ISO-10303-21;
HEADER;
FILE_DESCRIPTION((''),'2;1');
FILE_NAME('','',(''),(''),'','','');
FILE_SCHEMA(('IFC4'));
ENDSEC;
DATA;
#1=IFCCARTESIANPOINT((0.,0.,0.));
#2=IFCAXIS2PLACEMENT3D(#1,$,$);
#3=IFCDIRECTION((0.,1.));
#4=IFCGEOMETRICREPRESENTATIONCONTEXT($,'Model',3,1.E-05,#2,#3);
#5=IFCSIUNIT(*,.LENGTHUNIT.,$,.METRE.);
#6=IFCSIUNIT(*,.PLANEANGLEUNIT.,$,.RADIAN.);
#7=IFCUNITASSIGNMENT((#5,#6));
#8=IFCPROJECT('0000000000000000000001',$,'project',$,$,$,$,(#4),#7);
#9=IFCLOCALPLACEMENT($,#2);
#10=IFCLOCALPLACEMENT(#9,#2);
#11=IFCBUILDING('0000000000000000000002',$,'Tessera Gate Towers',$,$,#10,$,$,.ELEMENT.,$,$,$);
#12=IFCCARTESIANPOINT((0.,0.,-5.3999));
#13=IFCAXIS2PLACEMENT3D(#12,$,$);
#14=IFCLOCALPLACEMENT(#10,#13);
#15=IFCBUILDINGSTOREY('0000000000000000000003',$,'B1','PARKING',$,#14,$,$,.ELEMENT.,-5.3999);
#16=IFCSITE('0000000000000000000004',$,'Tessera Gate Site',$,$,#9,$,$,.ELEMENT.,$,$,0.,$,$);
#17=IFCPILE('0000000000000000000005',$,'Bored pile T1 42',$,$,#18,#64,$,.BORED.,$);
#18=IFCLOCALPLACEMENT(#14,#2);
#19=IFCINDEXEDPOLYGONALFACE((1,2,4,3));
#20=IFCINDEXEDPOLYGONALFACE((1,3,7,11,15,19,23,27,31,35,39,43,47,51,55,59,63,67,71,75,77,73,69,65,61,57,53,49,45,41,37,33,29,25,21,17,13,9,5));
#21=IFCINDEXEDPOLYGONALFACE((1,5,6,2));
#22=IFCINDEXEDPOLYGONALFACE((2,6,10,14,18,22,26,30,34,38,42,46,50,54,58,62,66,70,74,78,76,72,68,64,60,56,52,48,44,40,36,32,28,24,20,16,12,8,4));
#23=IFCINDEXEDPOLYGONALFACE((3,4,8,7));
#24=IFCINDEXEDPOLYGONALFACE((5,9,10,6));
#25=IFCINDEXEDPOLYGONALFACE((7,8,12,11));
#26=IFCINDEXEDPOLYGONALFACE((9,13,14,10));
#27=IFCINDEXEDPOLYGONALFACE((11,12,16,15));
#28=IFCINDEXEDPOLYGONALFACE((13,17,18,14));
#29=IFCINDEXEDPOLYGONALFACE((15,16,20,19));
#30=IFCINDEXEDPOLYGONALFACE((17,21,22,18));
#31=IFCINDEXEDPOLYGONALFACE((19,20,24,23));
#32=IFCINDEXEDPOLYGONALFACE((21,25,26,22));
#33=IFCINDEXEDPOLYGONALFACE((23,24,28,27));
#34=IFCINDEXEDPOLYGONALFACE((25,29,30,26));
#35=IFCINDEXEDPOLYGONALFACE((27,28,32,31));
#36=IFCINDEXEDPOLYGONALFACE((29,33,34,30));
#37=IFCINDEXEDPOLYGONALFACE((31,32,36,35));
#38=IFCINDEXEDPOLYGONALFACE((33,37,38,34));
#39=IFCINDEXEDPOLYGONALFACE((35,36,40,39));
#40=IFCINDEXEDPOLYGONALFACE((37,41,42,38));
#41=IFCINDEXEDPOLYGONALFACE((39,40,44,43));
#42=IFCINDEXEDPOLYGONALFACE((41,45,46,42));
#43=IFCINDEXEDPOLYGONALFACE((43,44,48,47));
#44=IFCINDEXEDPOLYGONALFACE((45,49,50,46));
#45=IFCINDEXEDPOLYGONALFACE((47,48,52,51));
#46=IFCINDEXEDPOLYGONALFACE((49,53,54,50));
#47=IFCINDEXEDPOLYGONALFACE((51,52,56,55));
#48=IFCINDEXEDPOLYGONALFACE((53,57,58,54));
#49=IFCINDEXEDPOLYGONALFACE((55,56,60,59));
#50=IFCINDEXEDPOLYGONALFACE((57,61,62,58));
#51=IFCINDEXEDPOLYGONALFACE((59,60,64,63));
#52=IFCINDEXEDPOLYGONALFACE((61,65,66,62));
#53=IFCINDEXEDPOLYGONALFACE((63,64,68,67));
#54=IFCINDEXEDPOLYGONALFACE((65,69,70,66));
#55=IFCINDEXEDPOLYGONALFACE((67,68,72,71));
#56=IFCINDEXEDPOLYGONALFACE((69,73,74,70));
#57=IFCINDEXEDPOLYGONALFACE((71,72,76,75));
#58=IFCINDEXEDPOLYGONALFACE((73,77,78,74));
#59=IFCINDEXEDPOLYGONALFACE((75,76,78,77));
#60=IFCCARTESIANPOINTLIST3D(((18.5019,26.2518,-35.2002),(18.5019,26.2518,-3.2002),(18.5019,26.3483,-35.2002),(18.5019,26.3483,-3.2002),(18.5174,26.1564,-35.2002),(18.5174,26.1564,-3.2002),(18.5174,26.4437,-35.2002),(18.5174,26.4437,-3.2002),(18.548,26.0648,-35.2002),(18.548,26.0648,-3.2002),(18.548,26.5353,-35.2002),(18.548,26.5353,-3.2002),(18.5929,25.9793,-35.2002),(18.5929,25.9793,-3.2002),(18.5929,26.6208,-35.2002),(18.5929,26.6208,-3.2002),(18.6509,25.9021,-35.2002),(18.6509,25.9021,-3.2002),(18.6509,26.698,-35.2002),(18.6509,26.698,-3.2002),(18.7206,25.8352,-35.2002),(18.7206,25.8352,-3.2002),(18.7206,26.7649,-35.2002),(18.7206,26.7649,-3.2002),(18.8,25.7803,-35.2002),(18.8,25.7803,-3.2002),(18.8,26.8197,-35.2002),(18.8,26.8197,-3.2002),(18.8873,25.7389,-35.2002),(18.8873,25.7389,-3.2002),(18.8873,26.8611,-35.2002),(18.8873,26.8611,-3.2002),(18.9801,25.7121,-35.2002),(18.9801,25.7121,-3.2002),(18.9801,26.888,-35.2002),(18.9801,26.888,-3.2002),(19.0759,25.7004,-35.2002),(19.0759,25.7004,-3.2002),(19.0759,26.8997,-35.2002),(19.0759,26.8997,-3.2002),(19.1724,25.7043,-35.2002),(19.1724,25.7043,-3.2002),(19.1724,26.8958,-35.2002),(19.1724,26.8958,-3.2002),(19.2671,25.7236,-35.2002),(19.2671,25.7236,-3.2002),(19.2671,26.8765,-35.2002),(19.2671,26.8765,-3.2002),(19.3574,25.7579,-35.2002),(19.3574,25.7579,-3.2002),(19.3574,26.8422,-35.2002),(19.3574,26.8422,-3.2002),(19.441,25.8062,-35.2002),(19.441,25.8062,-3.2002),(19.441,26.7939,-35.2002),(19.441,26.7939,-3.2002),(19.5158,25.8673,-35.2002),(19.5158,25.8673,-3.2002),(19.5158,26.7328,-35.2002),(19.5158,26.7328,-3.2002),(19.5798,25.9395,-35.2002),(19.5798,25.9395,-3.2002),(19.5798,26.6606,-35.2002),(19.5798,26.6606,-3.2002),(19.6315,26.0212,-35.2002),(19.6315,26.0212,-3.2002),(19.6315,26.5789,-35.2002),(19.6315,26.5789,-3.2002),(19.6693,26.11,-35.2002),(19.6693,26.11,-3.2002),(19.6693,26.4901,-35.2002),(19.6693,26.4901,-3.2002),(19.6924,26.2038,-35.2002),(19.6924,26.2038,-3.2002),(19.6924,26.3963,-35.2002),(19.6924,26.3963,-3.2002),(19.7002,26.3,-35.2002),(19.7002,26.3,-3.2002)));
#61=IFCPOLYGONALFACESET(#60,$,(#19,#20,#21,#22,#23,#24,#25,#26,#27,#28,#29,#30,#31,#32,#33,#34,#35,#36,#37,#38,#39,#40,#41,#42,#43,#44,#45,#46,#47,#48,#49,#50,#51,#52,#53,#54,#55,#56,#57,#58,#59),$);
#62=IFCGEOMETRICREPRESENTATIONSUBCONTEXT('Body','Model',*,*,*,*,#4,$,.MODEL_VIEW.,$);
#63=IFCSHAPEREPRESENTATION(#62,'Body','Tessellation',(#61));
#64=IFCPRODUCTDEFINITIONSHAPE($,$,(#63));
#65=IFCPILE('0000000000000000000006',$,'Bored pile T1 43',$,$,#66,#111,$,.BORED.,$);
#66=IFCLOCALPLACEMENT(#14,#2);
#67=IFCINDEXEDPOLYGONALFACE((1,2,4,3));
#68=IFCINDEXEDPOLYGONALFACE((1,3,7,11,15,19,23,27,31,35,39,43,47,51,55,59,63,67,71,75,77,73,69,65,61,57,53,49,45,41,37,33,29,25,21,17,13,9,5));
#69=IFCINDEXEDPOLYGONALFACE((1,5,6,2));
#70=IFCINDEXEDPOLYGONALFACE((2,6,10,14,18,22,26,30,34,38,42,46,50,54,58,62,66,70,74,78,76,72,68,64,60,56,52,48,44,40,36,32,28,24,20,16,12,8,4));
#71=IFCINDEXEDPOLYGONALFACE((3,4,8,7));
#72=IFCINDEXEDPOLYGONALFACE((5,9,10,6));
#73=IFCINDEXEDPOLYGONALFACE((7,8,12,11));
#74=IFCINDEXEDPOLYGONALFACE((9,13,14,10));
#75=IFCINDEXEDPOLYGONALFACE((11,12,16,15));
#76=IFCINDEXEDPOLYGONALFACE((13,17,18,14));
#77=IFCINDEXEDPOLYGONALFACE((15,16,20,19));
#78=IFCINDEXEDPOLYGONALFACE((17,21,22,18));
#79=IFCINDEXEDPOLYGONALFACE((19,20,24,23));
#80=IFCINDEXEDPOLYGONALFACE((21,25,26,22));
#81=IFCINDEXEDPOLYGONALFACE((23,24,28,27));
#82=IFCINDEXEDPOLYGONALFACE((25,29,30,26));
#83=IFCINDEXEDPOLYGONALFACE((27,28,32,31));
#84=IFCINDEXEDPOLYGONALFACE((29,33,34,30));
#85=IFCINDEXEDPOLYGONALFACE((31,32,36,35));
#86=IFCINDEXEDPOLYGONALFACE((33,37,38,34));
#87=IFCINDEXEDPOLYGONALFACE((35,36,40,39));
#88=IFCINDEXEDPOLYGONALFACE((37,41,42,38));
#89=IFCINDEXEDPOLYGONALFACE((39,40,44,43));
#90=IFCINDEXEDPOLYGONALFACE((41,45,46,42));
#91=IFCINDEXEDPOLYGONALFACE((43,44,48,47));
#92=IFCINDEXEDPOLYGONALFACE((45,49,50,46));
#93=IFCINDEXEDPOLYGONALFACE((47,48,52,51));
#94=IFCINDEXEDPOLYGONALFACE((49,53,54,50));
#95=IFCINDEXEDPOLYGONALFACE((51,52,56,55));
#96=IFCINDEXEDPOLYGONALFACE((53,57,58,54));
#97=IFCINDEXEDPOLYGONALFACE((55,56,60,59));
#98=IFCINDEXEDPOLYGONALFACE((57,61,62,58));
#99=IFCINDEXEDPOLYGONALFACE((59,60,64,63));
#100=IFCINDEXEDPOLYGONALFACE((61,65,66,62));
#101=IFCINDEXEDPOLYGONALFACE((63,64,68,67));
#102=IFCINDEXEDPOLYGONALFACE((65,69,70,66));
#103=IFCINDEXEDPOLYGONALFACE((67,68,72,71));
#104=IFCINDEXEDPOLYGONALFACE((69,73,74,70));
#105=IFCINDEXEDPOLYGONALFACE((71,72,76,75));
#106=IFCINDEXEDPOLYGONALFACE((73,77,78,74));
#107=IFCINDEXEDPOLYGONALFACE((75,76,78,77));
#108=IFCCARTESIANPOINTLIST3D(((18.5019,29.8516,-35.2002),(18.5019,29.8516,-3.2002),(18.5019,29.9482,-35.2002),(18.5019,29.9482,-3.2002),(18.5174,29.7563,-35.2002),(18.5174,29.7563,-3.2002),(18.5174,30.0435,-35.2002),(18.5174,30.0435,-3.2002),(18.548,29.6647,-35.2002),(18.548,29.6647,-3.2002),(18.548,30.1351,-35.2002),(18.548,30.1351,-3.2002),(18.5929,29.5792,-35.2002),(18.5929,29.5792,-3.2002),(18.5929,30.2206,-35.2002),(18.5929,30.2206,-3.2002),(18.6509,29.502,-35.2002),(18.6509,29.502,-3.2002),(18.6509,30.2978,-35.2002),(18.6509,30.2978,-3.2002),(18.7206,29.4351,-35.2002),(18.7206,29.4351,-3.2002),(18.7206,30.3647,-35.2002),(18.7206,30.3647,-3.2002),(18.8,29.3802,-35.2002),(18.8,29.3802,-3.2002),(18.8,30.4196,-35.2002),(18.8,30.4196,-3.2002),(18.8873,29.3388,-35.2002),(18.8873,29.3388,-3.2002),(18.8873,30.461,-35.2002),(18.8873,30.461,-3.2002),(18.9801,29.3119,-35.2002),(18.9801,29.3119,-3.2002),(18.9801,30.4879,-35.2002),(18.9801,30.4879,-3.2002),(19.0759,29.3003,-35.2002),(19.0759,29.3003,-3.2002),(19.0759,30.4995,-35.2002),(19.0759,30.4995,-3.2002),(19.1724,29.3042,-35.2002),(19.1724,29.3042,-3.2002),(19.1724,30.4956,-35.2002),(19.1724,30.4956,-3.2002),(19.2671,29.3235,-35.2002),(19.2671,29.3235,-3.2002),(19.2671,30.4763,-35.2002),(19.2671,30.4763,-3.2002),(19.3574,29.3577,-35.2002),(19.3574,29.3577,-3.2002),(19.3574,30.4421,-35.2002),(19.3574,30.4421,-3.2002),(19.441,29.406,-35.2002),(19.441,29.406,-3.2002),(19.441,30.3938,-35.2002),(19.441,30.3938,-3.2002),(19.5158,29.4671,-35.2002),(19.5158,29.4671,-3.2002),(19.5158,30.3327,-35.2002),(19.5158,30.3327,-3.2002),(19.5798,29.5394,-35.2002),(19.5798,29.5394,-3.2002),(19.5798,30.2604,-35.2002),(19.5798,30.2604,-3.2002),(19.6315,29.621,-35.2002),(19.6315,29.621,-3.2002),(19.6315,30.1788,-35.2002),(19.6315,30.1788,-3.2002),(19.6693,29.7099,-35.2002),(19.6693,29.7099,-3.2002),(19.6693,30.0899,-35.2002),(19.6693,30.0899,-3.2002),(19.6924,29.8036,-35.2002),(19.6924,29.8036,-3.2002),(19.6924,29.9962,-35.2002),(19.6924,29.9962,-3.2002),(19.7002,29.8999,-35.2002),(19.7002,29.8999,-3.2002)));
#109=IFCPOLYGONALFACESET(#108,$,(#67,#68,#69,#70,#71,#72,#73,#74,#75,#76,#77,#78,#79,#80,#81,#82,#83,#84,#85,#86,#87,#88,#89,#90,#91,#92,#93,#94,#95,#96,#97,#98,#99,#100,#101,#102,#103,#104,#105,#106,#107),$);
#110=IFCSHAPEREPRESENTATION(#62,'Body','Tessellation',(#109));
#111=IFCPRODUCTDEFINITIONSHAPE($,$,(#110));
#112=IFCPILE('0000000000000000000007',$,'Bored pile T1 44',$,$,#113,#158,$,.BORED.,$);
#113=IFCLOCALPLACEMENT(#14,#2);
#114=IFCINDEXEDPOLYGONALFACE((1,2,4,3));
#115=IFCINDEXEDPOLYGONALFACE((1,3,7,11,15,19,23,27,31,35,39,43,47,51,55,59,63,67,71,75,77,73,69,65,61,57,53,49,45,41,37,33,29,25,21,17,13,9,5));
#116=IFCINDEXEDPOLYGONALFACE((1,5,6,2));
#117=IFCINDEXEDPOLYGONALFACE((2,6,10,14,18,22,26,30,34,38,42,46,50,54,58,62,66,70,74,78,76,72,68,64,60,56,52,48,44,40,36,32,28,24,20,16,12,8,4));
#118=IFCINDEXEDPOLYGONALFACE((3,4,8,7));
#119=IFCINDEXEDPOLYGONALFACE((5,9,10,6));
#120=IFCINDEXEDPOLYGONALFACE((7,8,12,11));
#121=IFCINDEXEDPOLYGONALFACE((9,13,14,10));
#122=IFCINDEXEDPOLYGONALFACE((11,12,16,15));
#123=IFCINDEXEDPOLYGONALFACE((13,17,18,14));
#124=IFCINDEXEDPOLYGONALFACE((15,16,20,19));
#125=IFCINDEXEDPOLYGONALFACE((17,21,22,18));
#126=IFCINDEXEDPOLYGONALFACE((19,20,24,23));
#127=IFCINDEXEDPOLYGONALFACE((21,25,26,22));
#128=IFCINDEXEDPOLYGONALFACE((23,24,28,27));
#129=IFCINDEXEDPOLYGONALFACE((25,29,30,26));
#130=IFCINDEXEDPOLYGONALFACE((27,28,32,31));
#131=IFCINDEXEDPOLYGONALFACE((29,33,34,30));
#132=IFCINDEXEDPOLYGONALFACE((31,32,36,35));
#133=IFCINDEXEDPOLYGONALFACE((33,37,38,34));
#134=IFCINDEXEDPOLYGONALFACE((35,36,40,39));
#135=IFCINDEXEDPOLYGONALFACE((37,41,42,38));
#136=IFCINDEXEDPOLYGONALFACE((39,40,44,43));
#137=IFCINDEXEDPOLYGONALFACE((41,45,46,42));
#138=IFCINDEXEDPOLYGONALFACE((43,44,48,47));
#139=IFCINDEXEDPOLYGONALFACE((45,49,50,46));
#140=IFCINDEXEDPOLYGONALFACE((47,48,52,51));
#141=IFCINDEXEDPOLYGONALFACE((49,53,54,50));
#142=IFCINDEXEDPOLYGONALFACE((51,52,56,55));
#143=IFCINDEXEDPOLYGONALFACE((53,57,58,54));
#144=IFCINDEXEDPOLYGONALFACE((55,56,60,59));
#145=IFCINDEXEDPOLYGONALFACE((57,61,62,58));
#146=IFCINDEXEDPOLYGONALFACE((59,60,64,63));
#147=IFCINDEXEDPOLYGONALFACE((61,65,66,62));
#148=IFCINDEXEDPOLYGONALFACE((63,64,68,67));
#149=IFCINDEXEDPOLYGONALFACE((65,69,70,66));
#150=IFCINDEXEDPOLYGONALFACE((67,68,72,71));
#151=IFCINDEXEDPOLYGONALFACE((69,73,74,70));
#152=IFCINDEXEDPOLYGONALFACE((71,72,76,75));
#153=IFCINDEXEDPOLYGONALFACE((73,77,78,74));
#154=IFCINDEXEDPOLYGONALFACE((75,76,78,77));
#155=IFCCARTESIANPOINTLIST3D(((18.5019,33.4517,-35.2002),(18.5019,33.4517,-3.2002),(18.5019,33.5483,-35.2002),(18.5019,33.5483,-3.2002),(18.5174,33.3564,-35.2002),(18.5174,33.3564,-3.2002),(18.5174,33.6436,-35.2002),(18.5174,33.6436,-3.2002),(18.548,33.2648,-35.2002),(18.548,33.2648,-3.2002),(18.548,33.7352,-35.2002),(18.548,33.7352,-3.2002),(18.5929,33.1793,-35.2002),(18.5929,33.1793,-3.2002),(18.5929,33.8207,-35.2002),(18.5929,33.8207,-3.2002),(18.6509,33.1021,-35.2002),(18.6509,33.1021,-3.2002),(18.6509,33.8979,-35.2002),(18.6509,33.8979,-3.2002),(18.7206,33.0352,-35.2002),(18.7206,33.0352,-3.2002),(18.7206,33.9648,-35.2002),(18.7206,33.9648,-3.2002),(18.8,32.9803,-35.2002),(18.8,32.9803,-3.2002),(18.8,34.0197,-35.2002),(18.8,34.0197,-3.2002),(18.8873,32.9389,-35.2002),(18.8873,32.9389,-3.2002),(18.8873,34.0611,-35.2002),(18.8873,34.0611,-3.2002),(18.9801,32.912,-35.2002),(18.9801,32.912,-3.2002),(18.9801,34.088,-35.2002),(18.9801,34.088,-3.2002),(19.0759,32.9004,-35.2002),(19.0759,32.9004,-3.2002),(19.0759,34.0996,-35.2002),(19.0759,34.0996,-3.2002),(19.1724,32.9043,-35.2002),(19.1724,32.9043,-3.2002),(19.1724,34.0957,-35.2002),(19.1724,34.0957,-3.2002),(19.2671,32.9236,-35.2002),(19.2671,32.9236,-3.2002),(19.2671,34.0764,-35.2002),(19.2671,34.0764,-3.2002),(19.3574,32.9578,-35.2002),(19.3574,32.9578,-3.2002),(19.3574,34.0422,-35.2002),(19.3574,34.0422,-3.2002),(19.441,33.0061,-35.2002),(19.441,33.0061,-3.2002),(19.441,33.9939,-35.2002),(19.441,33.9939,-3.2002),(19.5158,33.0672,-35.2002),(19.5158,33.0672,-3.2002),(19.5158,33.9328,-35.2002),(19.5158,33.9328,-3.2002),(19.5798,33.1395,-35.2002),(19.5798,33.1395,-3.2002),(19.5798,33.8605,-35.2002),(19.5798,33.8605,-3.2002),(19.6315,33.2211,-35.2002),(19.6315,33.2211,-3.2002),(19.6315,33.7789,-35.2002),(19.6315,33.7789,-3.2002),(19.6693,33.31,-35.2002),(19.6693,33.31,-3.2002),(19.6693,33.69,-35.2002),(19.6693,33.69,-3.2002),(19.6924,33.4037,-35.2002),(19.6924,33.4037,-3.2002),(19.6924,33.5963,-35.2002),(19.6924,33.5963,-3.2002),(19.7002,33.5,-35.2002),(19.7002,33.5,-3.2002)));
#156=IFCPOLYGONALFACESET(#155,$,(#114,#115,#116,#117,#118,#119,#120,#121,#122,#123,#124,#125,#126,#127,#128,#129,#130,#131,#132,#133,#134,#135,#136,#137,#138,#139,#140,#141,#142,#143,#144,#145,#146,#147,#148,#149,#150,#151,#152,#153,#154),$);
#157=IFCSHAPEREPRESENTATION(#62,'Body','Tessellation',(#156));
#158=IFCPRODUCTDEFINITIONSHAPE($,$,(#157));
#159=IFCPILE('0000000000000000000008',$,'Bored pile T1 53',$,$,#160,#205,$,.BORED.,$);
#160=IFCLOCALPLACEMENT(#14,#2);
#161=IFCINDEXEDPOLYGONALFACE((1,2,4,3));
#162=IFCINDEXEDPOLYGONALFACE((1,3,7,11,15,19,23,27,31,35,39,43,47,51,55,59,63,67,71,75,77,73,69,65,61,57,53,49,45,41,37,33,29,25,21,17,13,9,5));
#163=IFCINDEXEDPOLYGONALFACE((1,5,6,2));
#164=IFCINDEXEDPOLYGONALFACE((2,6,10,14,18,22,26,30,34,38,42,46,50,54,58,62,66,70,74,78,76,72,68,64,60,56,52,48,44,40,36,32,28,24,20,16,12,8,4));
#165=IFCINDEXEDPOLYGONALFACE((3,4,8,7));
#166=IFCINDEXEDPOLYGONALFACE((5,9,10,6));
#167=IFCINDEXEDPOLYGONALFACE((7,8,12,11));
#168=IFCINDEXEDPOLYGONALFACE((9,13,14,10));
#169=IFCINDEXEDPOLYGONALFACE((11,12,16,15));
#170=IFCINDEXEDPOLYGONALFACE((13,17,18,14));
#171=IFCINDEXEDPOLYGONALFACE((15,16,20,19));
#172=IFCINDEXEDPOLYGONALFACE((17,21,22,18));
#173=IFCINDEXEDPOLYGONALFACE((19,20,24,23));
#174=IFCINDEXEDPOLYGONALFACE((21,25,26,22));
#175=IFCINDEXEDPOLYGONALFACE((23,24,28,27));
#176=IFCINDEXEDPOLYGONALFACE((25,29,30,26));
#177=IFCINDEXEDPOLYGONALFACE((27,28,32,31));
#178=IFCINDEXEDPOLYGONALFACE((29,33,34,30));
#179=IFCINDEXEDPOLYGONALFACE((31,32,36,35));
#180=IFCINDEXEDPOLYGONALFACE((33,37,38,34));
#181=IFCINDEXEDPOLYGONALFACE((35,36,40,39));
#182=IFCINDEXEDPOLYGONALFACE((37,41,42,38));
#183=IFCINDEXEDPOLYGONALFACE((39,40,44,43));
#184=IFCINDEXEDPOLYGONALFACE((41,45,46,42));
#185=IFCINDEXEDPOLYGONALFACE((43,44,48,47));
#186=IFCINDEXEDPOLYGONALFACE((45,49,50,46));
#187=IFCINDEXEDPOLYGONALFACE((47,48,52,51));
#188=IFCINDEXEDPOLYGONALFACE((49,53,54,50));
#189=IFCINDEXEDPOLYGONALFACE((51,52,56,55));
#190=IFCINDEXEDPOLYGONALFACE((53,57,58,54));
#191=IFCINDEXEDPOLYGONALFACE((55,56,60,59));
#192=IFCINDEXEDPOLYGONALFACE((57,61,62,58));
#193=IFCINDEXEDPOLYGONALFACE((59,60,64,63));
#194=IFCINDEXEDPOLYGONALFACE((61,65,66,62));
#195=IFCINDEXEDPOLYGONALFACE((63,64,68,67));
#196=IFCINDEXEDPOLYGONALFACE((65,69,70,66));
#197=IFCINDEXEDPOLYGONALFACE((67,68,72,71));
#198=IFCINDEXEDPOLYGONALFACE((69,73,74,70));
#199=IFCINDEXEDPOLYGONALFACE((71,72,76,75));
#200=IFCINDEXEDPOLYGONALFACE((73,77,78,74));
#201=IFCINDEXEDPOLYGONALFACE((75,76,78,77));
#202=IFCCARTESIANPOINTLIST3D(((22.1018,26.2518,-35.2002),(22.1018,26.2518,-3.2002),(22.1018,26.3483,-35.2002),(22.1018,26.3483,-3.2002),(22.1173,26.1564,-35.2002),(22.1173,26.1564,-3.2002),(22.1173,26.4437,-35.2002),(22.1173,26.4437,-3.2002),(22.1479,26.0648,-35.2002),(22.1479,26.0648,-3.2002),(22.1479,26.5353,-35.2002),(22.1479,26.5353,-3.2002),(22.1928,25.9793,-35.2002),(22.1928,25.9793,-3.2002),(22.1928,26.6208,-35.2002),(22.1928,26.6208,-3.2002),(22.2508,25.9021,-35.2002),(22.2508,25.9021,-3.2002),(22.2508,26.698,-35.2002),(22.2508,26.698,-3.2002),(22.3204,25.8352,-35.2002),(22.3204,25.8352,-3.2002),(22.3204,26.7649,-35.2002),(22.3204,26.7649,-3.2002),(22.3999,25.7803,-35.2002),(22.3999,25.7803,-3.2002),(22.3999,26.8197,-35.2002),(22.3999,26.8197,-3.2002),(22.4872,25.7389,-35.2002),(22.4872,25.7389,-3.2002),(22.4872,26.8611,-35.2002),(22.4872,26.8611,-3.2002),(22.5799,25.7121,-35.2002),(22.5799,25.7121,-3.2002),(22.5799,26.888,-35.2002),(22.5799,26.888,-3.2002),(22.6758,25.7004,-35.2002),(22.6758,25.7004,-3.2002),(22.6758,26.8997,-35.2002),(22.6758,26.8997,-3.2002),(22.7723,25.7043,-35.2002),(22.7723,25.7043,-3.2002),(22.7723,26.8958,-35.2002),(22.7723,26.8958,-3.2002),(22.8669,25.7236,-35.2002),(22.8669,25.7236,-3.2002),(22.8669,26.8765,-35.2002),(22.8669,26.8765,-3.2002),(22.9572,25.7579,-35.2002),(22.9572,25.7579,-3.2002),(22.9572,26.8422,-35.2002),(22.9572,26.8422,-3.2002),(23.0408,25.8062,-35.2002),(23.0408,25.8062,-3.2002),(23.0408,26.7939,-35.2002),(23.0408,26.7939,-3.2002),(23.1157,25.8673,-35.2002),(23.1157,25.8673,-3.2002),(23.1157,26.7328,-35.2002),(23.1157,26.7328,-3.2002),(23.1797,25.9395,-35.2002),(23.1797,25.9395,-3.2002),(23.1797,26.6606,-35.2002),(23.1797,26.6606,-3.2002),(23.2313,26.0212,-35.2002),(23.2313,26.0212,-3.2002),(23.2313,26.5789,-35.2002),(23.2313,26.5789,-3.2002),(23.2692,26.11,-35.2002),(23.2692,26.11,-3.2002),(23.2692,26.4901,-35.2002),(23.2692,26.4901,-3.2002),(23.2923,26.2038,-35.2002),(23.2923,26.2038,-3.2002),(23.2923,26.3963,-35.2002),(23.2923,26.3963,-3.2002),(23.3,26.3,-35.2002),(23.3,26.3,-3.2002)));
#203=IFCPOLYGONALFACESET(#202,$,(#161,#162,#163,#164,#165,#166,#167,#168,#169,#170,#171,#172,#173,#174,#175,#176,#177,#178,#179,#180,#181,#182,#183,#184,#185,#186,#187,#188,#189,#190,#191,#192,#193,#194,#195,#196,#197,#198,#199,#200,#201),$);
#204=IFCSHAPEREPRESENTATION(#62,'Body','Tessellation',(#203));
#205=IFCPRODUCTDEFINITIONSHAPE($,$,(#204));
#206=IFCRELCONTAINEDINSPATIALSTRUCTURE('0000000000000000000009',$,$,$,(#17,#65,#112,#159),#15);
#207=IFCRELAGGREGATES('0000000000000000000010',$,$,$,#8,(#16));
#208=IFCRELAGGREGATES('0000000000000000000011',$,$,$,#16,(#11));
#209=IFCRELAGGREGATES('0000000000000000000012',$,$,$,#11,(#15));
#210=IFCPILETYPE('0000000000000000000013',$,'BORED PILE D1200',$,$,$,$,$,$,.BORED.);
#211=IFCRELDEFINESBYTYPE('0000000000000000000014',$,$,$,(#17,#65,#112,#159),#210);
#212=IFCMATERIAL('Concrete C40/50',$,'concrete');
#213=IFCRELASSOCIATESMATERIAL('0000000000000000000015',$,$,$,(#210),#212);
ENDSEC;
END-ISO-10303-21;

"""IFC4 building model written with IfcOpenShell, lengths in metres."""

from ifc_helpers import new_model, si_unit, direction, frame, origin, origin_2d, place, context, subcontext, project, spatial, circle, extrude, material, material_profile, profile_set, type_object, element, save


model = new_model("IFC4")

# Units and contexts
model_context = context("Model", 3, precision=1e-05, world=origin(), true_north=direction((0.0, 1.0)))
body_context = subcontext(model_context, "Body", "Model", "MODEL_VIEW")
ifc_project = project(units=[si_unit("LENGTHUNIT", "METRE"), si_unit("PLANEANGLEUNIT", "RADIAN")], contexts=[model_context])

# Site, building, storey
site_placement = place(None, origin())
site = spatial("IfcSite", under=ifc_project, at=site_placement, Name="Tessera Gate Site", CompositionType="ELEMENT", RefElevation=0.0)
building_placement = place(site_placement, origin())
building = spatial("IfcBuilding", under=site, at=building_placement, Name="Tessera Gate Towers", CompositionType="ELEMENT")
storey_placement = place(building_placement, frame((0.0, 0.0, -5.3999)))
storey = spatial("IfcBuildingStorey", under=building, at=storey_placement, Name="B1", Description="PARKING", CompositionType="ELEMENT", Elevation=-5.3999)

# Piles
ifc_material_1 = material(Name="Concrete C40/50", Category="concrete")
ifc_material_profile = material_profile(ifc_material_1, circle(Radius=0.6001, at=origin_2d()), Name="BORED PILE D1200")
ifc_profile_set = profile_set([ifc_material_profile], Name="Concrete C40/50")
pile_type = type_object("IfcPileType", Name="BORED PILE D1200", PredefinedType="BORED", material=ifc_profile_set)
for number, where, z_axis, x_axis, name in (
    (1, (19.1001, 26.3, -3.2002), (0.0, 0.0, -1.0), (1.0, 0.0, 0.0), "Bored pile T1 42"),
    (2, (19.1001, 29.8999, -3.2002), (0.0, 0.0, -1.0), (1.0, 0.0, 0.0), "Bored pile T1 43"),
    (3, (19.1001, 33.5, -3.2002), (0.0, 0.0, -1.0), (1.0, 0.0, 0.0), "Bored pile T1 44"),
    (4, (22.7, 26.3, -3.2002), (0.0, 0.0, -1.0), (1.0, 0.0, 0.0), "Bored pile T1 53"),
):
    element("IfcPile", number, at=place(storey_placement, frame(where, z_axis=z_axis, x_axis=x_axis)), inside=storey, type_object=pile_type, Name=name, PredefinedType="BORED", context=body_context, shape_type="SweptSolid", body=[
        extrude(circle(Radius=0.6001, at=origin_2d()), origin(), (0.0, 0.0, 1.0), 32.0),
    ])

save(model, "model.ifc")
